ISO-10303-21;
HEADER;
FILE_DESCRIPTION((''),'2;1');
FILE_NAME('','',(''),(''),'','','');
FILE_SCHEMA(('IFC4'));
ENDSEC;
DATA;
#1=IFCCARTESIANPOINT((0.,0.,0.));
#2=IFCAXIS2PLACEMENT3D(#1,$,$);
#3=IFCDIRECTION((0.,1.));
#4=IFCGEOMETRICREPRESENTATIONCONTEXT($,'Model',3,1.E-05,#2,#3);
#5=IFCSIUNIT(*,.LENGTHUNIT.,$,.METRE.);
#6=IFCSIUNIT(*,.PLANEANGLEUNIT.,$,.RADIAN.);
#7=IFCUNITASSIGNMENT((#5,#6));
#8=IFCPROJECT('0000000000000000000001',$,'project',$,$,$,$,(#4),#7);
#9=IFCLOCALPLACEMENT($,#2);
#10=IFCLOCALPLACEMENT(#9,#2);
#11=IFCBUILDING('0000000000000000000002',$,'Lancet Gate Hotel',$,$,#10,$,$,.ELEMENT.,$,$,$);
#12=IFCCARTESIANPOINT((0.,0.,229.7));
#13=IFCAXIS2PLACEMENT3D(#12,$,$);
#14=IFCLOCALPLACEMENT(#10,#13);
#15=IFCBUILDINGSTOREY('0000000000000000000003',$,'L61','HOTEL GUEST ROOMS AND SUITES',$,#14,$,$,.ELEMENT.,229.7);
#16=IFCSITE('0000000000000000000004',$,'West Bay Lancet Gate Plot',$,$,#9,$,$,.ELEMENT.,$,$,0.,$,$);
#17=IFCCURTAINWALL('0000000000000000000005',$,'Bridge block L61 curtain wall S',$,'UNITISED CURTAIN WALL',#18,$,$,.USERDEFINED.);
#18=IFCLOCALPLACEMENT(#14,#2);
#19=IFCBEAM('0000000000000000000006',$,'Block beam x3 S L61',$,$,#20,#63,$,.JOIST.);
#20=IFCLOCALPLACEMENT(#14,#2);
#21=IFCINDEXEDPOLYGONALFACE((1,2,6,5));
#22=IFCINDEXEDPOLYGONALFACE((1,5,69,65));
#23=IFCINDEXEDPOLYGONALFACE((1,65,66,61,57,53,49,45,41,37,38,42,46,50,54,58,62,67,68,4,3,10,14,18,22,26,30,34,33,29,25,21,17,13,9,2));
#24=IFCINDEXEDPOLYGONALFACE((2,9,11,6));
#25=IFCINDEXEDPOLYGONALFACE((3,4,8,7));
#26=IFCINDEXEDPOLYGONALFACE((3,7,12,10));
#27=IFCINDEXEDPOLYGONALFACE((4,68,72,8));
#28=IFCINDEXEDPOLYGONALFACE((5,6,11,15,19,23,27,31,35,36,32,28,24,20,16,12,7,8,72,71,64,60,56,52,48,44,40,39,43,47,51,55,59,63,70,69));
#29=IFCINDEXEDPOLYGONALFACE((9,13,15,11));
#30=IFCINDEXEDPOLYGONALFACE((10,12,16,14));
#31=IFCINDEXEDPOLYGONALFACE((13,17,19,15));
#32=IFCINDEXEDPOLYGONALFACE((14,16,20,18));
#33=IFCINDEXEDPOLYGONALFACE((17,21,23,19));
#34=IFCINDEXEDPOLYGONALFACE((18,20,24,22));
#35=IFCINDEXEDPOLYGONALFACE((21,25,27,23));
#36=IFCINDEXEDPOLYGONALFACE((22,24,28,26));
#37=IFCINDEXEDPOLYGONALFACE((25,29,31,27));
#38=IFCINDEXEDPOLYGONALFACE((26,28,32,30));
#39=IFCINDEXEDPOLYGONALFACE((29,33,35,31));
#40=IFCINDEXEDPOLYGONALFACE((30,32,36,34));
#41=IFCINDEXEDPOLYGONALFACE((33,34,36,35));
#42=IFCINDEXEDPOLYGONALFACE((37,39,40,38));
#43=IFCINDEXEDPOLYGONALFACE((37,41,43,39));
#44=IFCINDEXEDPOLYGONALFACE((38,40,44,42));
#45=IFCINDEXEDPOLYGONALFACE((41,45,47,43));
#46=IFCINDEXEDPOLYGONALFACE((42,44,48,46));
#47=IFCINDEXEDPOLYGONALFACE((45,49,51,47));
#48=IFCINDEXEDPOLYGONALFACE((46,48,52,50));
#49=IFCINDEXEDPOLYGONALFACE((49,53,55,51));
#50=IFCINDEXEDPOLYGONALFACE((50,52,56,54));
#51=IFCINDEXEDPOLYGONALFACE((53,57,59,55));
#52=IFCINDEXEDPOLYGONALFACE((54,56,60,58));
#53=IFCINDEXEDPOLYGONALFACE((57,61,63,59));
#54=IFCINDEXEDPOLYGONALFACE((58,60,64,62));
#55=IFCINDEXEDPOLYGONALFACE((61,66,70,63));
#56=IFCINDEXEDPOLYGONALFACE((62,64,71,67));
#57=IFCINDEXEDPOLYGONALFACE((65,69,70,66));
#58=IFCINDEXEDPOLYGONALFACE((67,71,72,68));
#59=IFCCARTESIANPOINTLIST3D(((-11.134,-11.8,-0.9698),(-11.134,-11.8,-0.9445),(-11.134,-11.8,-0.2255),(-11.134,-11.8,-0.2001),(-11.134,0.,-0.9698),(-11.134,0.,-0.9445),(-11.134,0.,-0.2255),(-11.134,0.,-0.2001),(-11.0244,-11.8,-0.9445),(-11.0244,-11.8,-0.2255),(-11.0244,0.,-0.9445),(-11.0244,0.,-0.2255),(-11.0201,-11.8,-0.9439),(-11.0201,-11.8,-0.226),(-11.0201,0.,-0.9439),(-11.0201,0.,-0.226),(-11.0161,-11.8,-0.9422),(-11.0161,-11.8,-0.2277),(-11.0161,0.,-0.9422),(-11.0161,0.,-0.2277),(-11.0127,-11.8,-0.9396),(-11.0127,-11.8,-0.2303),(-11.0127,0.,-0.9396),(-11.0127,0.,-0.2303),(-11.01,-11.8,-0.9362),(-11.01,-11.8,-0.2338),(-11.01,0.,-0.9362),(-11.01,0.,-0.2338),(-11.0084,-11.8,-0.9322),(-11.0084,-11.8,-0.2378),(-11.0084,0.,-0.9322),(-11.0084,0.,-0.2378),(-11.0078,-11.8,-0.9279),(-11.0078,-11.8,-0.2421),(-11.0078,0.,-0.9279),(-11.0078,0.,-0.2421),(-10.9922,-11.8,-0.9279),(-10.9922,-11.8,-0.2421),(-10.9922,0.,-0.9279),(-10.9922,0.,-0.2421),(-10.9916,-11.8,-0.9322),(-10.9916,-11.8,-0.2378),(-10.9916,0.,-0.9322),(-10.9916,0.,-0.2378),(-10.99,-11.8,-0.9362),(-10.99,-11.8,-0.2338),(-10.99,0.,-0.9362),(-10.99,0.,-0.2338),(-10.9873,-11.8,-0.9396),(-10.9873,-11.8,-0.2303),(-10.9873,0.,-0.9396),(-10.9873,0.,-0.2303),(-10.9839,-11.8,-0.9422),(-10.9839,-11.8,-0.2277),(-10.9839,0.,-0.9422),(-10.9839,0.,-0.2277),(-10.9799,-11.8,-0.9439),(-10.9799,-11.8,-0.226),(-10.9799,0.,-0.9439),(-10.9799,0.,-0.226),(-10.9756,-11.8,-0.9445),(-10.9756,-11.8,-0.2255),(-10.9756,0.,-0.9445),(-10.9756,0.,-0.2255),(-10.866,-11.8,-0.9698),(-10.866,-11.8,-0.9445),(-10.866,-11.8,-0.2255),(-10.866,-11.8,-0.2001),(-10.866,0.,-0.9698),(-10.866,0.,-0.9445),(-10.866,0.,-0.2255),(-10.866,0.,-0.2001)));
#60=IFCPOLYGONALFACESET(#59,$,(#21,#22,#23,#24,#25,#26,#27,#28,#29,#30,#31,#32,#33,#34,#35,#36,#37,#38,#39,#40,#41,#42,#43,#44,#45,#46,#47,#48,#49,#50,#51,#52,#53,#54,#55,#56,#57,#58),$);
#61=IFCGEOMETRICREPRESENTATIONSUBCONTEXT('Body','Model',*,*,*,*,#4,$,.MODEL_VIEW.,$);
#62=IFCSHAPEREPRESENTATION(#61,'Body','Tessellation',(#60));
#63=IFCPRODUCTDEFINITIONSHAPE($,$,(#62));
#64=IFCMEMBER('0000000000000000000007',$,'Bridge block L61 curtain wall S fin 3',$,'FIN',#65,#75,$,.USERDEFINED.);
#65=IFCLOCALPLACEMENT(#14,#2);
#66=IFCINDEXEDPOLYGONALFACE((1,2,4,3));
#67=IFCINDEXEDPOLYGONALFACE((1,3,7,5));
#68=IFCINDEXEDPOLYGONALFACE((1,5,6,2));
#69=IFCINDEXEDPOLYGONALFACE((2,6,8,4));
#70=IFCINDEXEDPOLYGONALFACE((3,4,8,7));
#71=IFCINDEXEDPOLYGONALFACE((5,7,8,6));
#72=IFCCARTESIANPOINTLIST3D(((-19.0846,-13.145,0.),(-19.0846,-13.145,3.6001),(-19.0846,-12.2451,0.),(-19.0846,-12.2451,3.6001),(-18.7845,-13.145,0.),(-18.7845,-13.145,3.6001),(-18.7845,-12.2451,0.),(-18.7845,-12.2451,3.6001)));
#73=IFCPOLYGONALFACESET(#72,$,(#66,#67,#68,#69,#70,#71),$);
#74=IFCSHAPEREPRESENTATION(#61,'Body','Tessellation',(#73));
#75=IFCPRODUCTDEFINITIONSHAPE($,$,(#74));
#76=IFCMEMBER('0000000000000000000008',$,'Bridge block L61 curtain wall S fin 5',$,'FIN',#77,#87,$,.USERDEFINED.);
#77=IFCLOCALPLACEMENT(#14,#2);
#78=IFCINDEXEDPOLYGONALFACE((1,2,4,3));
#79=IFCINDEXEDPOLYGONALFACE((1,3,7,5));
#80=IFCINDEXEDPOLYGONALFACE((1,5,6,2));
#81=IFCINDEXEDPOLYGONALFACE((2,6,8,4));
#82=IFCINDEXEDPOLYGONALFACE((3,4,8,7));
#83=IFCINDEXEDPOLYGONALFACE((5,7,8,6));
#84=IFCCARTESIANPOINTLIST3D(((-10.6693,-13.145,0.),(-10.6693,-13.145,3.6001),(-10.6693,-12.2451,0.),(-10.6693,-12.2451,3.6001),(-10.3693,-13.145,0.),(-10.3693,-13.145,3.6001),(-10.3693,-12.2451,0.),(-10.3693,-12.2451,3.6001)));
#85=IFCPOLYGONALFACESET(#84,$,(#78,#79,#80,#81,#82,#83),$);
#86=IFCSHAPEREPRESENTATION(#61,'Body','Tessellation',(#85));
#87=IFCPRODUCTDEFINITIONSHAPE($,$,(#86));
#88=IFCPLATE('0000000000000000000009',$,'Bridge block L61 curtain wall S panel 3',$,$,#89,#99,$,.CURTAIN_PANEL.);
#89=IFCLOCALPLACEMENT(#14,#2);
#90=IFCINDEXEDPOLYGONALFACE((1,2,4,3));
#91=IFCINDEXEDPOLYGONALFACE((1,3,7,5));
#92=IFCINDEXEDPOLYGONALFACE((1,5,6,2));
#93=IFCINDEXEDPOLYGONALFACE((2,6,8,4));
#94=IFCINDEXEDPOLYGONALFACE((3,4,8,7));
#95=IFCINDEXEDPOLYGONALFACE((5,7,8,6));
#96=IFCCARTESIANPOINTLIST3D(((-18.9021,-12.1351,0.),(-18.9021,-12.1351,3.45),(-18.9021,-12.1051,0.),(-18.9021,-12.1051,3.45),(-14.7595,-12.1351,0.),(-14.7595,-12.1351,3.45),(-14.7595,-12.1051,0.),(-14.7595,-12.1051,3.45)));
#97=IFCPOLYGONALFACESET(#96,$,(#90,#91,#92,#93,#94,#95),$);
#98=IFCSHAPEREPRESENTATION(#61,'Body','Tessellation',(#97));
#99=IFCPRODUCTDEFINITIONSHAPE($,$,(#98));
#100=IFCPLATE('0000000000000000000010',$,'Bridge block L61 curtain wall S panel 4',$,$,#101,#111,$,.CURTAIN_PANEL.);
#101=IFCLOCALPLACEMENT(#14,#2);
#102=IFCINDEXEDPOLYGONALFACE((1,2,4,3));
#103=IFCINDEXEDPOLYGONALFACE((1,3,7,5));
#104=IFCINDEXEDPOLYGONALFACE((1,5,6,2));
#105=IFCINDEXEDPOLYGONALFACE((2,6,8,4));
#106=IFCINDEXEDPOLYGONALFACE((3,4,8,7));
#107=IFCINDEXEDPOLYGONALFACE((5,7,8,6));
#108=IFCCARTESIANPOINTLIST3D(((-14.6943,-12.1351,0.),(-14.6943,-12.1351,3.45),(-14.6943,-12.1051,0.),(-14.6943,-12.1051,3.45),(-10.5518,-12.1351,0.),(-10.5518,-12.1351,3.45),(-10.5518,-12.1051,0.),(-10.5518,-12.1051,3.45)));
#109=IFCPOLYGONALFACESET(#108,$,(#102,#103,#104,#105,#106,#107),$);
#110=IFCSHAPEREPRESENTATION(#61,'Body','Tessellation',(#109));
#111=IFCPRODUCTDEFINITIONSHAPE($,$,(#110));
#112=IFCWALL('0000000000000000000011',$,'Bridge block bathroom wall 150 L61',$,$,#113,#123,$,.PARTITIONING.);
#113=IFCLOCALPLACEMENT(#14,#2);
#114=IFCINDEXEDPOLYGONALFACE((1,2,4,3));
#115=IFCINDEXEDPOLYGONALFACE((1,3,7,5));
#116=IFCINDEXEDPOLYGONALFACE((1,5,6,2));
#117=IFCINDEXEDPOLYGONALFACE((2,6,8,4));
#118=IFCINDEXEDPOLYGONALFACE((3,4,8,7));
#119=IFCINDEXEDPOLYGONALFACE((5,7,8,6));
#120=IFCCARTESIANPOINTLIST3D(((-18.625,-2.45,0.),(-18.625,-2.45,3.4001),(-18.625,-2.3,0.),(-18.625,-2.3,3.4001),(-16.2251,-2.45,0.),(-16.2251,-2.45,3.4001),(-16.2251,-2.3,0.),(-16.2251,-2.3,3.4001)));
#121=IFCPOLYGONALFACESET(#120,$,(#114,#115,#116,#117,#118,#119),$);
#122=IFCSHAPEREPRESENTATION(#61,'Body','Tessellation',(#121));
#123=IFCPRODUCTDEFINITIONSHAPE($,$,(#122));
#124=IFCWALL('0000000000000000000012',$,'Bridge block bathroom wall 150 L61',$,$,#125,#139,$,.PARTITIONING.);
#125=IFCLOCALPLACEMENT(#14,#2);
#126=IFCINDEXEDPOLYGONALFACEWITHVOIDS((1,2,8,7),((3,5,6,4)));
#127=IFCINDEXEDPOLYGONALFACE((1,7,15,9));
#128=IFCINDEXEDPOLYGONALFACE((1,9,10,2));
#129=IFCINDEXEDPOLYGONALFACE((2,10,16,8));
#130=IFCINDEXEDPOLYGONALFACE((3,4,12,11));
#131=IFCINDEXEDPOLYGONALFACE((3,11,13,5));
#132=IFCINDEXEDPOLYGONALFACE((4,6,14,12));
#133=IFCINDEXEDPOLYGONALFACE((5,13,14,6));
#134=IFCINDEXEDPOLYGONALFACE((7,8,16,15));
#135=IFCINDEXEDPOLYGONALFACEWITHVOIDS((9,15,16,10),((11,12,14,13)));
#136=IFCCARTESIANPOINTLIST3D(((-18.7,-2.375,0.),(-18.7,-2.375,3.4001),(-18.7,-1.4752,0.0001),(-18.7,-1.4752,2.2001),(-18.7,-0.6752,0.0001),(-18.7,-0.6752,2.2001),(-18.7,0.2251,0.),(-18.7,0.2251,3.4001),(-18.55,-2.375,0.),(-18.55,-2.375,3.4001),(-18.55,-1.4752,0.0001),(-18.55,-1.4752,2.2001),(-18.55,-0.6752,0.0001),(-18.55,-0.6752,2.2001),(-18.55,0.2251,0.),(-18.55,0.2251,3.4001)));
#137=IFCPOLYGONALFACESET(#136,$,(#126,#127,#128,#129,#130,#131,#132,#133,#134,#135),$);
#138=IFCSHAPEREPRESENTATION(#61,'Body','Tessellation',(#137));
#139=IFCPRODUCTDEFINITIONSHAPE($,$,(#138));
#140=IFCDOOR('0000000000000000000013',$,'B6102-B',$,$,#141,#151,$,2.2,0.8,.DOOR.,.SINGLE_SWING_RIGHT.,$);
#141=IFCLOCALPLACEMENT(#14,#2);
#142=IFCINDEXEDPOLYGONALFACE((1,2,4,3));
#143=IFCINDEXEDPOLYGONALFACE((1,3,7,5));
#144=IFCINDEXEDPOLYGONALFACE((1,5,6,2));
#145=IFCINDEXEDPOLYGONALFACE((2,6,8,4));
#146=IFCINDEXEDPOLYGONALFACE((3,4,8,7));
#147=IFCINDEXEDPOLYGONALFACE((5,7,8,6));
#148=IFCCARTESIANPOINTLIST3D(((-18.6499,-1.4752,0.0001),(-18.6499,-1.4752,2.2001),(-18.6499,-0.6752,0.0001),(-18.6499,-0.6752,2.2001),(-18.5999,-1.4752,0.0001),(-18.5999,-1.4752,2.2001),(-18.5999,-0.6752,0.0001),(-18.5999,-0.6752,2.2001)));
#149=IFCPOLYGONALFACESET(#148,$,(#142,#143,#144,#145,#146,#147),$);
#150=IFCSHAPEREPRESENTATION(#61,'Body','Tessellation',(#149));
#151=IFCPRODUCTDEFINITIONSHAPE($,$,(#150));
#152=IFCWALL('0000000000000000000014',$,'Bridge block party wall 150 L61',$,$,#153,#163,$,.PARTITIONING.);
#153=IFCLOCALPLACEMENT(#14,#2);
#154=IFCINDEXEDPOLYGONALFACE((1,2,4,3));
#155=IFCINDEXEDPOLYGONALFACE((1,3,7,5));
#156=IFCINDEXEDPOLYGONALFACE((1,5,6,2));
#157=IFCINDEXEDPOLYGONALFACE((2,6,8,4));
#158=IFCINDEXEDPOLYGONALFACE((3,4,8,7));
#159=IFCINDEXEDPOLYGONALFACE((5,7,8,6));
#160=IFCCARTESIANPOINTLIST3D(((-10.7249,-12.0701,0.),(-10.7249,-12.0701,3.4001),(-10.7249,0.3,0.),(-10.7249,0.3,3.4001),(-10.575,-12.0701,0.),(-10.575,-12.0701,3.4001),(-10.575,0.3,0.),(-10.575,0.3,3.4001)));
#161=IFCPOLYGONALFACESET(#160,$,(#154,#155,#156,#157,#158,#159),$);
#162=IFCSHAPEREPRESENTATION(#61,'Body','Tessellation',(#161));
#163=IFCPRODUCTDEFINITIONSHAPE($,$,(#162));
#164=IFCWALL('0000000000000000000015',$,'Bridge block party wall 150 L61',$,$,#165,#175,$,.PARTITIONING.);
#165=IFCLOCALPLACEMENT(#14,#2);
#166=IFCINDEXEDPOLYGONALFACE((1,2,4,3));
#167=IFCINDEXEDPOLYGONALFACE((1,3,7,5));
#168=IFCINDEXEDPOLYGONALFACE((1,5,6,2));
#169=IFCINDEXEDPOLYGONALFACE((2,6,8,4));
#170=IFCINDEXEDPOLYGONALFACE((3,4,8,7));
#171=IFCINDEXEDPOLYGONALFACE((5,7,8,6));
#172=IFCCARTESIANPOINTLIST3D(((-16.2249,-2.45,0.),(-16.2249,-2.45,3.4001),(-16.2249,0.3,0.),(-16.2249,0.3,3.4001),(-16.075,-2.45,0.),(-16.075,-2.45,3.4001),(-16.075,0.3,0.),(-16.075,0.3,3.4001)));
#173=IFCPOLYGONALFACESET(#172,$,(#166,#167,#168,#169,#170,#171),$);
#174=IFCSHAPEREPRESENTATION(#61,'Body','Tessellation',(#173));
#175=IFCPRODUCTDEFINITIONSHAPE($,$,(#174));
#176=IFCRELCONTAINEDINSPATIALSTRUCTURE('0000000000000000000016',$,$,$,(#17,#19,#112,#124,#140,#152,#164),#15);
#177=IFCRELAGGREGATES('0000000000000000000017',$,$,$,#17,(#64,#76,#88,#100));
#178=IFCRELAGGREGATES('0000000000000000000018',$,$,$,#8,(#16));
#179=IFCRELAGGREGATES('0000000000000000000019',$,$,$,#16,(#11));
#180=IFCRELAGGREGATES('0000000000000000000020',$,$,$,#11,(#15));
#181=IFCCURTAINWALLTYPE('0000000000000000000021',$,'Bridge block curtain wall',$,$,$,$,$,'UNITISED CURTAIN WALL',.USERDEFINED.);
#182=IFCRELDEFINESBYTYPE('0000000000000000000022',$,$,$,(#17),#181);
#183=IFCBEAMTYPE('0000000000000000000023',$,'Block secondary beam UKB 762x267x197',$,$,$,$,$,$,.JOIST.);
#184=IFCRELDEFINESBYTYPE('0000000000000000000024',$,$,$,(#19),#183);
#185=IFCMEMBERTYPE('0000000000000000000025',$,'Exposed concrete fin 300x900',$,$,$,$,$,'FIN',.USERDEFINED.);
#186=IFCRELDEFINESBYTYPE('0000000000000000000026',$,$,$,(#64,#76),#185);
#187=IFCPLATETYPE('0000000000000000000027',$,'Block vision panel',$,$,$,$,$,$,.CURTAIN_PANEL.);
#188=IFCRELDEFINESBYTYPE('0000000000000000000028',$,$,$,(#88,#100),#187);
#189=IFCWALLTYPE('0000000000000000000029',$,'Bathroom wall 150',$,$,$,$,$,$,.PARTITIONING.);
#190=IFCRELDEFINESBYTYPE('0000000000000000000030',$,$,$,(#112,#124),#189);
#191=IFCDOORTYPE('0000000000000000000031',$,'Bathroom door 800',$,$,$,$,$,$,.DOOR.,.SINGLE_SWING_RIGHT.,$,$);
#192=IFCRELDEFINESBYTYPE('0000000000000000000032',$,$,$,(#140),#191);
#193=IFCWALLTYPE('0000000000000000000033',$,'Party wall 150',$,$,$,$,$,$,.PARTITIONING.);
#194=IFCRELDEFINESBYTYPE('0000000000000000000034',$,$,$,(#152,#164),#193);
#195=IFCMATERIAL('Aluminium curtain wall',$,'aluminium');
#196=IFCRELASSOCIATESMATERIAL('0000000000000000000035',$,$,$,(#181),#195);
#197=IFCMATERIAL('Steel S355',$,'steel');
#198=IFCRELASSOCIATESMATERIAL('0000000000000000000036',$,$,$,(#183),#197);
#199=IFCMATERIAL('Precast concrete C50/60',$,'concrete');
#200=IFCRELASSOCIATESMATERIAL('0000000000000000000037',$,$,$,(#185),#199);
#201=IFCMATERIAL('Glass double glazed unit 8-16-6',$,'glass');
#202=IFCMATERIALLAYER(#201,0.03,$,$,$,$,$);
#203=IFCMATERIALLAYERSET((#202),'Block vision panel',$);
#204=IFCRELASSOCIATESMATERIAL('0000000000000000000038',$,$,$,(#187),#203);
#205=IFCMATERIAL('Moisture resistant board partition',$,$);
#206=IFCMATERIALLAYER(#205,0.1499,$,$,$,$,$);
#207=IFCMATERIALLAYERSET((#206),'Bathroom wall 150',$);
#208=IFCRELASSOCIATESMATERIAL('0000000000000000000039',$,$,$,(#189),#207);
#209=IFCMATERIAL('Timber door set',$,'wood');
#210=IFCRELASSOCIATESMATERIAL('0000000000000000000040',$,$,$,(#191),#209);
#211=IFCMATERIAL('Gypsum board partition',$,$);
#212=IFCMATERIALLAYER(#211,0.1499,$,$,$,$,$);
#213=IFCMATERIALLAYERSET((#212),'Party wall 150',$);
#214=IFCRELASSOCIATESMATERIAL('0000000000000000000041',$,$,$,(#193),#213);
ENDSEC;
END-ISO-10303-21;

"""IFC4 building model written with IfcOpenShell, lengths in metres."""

from ifc_helpers import new_model, si_unit, direction, frame, frame_2d, origin, origin_2d, place, context, subcontext, project, spatial, rectangle, i_section, extrude, material, layer, layer_set, material_profile, profile_set, type_object, element, fill, aggregate, save


model = new_model("IFC4")

# Units and contexts
model_context = context("Model", 3, precision=1e-05, world=origin(), true_north=direction((0.0, 1.0)))
body_context = subcontext(model_context, "Body", "Model", "MODEL_VIEW")
ifc_project = project(units=[si_unit("LENGTHUNIT", "METRE"), si_unit("PLANEANGLEUNIT", "RADIAN")], contexts=[model_context])

# Site, building, storey
site_placement = place(None, origin())
site = spatial("IfcSite", under=ifc_project, at=site_placement, Name="West Bay Lancet Gate Plot", CompositionType="ELEMENT", RefElevation=0.0)
building_placement = place(site_placement, origin())
building = spatial("IfcBuilding", under=site, at=building_placement, Name="Lancet Gate Hotel", CompositionType="ELEMENT")
storey_placement = place(building_placement, frame((0.0, 0.0, 229.7)))
storey = spatial("IfcBuildingStorey", under=building, at=storey_placement, Name="L61", Description="HOTEL GUEST ROOMS AND SUITES", CompositionType="ELEMENT", Elevation=229.7)

# Curtain wall
ifc_material_1 = material(Name="Aluminium curtain wall", Category="aluminium")
curtain_wall_type = type_object("IfcCurtainWallType", Name="Bridge block curtain wall", ElementType="UNITISED CURTAIN WALL", PredefinedType="USERDEFINED", material=ifc_material_1)
curtain_wall_placement = place(storey_placement, origin())
curtain_wall = element("IfcCurtainWall", 1, at=curtain_wall_placement, inside=storey, type_object=curtain_wall_type, Name="Bridge block L61 curtain wall S", ObjectType="UNITISED CURTAIN WALL", PredefinedType="USERDEFINED")

# Beam
ifc_material_2 = material(Name="Steel S355", Category="steel")
ifc_material_profile_1 = material_profile(ifc_material_2, i_section(OverallWidth=0.2681, OverallDepth=0.7698, WebThickness=0.0156, FlangeThickness=0.0254, FilletRadius=0.0166, at=origin_2d()), Name="UKB 762x267x197")
ifc_profile_set_1 = profile_set([ifc_material_profile_1], Name="Steel S355")
beam_type_1 = type_object("IfcBeamType", Name="Block secondary beam UKB 762x267x197", PredefinedType="JOIST", material=ifc_profile_set_1)
for number, where, z_axis, x_axis, name in (
    (2, (-11.0, -11.8, -0.585), (0.0, 1.0, 0.0), (-1.0, 0.0, 0.0), "Block beam x3 S L61"),
):
    element("IfcBeam", number, at=place(storey_placement, frame(where, z_axis=z_axis, x_axis=x_axis)), inside=storey, type_object=beam_type_1, Name=name, PredefinedType="JOIST", context=body_context, shape_type="SweptSolid", body=[
        extrude(i_section(OverallWidth=0.2681, OverallDepth=0.7698, WebThickness=0.0156, FlangeThickness=0.0254, FilletRadius=0.0166, at=origin_2d()), origin(), (0.0, 0.0, 1.0), 11.8),
    ])

# Members
ifc_material_3 = material(Name="Precast concrete C50/60", Category="concrete")
ifc_material_profile_2 = material_profile(ifc_material_3, rectangle(XDim=0.3, YDim=0.8999, at=origin_2d()), Name="FIN 300x900")
ifc_profile_set_2 = profile_set([ifc_material_profile_2], Name="Precast concrete C50/60")
member_type_1 = type_object("IfcMemberType", Name="Exposed concrete fin 300x900", ElementType="FIN", PredefinedType="USERDEFINED", material=ifc_profile_set_2)
member_1_placement = place(storey_placement, frame((-18.9346, -12.6951, 0.0), z_axis=(0.0, 0.0, 1.0), x_axis=(1.0, 0.0, 0.0)))
member_1 = element("IfcMember", 3, at=member_1_placement, type_object=member_type_1, Name="Bridge block L61 curtain wall S fin 3", ObjectType="FIN", PredefinedType="USERDEFINED", context=body_context, shape_type="SweptSolid", body=[
    extrude(rectangle(XDim=0.3, YDim=0.8999, at=origin_2d()), origin(), (0.0, 0.0, 1.0), 3.6001),
])
member_2_placement = place(storey_placement, frame((-10.5193, -12.6951, 0.0), z_axis=(0.0, 0.0, 1.0), x_axis=(1.0, 0.0, 0.0)))
member_2 = element("IfcMember", 4, at=member_2_placement, type_object=member_type_1, Name="Bridge block L61 curtain wall S fin 5", ObjectType="FIN", PredefinedType="USERDEFINED", context=body_context, shape_type="SweptSolid", body=[
    extrude(rectangle(XDim=0.3, YDim=0.8999, at=origin_2d()), origin(), (0.0, 0.0, 1.0), 3.6001),
])

# Plates
ifc_material_4 = material(Name="Glass double glazed unit 8-16-6", Category="glass")
ifc_layer_1 = layer(ifc_material_4, 0.03)
ifc_layer_set_1 = layer_set([ifc_layer_1], Name="Block vision panel")
plate_type = type_object("IfcPlateType", Name="Block vision panel", PredefinedType="CURTAIN_PANEL", material=ifc_layer_set_1)
plate_1_placement = place(storey_placement, frame((-16.8308, -12.1201, 0.0), z_axis=(0.0, 0.0, 1.0), x_axis=(1.0, 0.0, 0.0)))
plate_1 = element("IfcPlate", 5, at=plate_1_placement, type_object=plate_type, Name="Bridge block L61 curtain wall S panel 3", PredefinedType="CURTAIN_PANEL", context=body_context, shape_type="SweptSolid", body=[
    extrude(rectangle(XDim=4.1426, YDim=0.03, at=origin_2d()), origin(), (0.0, 0.0, 1.0), 3.45),
])
plate_2_placement = place(storey_placement, frame((-12.623, -12.1201, 0.0), z_axis=(0.0, 0.0, 1.0), x_axis=(1.0, 0.0, 0.0)))
plate_2 = element("IfcPlate", 6, at=plate_2_placement, type_object=plate_type, Name="Bridge block L61 curtain wall S panel 4", PredefinedType="CURTAIN_PANEL", context=body_context, shape_type="SweptSolid", body=[
    extrude(rectangle(XDim=4.1426, YDim=0.03, at=origin_2d()), origin(), (0.0, 0.0, 1.0), 3.45),
])
aggregate(curtain_wall, [member_1, member_2, plate_1, plate_2])

# Wall
ifc_material_5 = material(Name="Moisture resistant board partition")
ifc_layer_2 = layer(ifc_material_5, 0.1499)
ifc_layer_set_2 = layer_set([ifc_layer_2], Name="Bathroom wall 150")
wall_type_1 = type_object("IfcWallType", Name="Bathroom wall 150", PredefinedType="PARTITIONING", material=ifc_layer_set_2)
wall_1_placement = place(storey_placement, frame((-18.625, -2.375, 0.0), z_axis=(0.0, 0.0, 1.0), x_axis=(1.0, 0.0, 0.0)))
element("IfcWall", 7, at=wall_1_placement, inside=storey, type_object=wall_type_1, Name="Bridge block bathroom wall 150 L61", PredefinedType="PARTITIONING", context=body_context, shape_type="SweptSolid", body=[
    extrude(rectangle(XDim=2.3999, YDim=0.1499, at=frame_2d((1.2, 0.0))), origin(), (0.0, 0.0, 1.0), 3.4001),
])

# Wall, opening, door
wall_2_placement = place(storey_placement, frame((-18.625, -2.375, 0.0), z_axis=(0.0, 0.0, 1.0), x_axis=(0.0, 1.0, 0.0)))
wall_2 = element("IfcWall", 8, at=wall_2_placement, inside=storey, type_object=wall_type_1, Name="Bridge block bathroom wall 150 L61", PredefinedType="PARTITIONING", context=body_context, shape_type="SweptSolid", body=[
    extrude(rectangle(XDim=2.6001, YDim=0.1499, at=frame_2d((1.3, 0.0))), origin(), (0.0, 0.0, 1.0), 3.4001),
])
opening_placement = place(wall_2_placement, frame((0.8999, 0.0, 0.0)))
opening = element("IfcOpeningElement", 9, at=opening_placement, cuts=wall_2, PredefinedType="OPENING", context=body_context, shape_type="SweptSolid", body=[
    extrude(rectangle(XDim=0.8, YDim=2.2, at=frame_2d((0.3999, 1.1001))), frame((0.0, 0.085, 0.0), z_axis=(0.0, -1.0, 0.0), x_axis=(1.0, 0.0, 0.0)), (0.0, 0.0, 1.0), 0.1699),
])
ifc_material_6 = material(Name="Timber door set", Category="wood")
door_type = type_object("IfcDoorType", Name="Bathroom door 800", OperationType="SINGLE_SWING_RIGHT", PredefinedType="DOOR", material=ifc_material_6)
door_placement = place(opening_placement, origin())
door = element("IfcDoor", 10, at=door_placement, inside=storey, type_object=door_type, Name="B6102-B", OperationType="SINGLE_SWING_RIGHT", OverallHeight=2.2, OverallWidth=0.8, PredefinedType="DOOR", context=body_context, shape_type="SweptSolid", body=[
    extrude(rectangle(XDim=0.8, YDim=2.2, at=frame_2d((0.3999, 1.1001))), frame((0.0, 0.0249, 0.0), z_axis=(0.0, -1.0, 0.0), x_axis=(1.0, 0.0, 0.0)), (0.0, 0.0, 1.0), 0.05),
])
fill(opening, door)

# Walls
ifc_material_7 = material(Name="Gypsum board partition")
ifc_layer_3 = layer(ifc_material_7, 0.1499)
ifc_layer_set_3 = layer_set([ifc_layer_3], Name="Party wall 150")
wall_type_2 = type_object("IfcWallType", Name="Party wall 150", PredefinedType="PARTITIONING", material=ifc_layer_set_3)
wall_3_placement = place(storey_placement, frame((-10.6499, -12.0701, 0.0), z_axis=(0.0, 0.0, 1.0), x_axis=(0.0, 1.0, 0.0)))
element("IfcWall", 11, at=wall_3_placement, inside=storey, type_object=wall_type_2, Name="Bridge block party wall 150 L61", PredefinedType="PARTITIONING", context=body_context, shape_type="SweptSolid", body=[
    extrude(rectangle(XDim=12.3701, YDim=0.1499, at=frame_2d((6.1851, 0.0))), origin(), (0.0, 0.0, 1.0), 3.4001),
])
wall_4_placement = place(storey_placement, frame((-16.1499, -2.45, 0.0), z_axis=(0.0, 0.0, 1.0), x_axis=(0.0, 1.0, 0.0)))
element("IfcWall", 12, at=wall_4_placement, inside=storey, type_object=wall_type_2, Name="Bridge block party wall 150 L61", PredefinedType="PARTITIONING", context=body_context, shape_type="SweptSolid", body=[
    extrude(rectangle(XDim=2.75, YDim=0.1499, at=frame_2d((1.375, 0.0))), origin(), (0.0, 0.0, 1.0), 3.4001),
])

save(model, "model.ifc")
